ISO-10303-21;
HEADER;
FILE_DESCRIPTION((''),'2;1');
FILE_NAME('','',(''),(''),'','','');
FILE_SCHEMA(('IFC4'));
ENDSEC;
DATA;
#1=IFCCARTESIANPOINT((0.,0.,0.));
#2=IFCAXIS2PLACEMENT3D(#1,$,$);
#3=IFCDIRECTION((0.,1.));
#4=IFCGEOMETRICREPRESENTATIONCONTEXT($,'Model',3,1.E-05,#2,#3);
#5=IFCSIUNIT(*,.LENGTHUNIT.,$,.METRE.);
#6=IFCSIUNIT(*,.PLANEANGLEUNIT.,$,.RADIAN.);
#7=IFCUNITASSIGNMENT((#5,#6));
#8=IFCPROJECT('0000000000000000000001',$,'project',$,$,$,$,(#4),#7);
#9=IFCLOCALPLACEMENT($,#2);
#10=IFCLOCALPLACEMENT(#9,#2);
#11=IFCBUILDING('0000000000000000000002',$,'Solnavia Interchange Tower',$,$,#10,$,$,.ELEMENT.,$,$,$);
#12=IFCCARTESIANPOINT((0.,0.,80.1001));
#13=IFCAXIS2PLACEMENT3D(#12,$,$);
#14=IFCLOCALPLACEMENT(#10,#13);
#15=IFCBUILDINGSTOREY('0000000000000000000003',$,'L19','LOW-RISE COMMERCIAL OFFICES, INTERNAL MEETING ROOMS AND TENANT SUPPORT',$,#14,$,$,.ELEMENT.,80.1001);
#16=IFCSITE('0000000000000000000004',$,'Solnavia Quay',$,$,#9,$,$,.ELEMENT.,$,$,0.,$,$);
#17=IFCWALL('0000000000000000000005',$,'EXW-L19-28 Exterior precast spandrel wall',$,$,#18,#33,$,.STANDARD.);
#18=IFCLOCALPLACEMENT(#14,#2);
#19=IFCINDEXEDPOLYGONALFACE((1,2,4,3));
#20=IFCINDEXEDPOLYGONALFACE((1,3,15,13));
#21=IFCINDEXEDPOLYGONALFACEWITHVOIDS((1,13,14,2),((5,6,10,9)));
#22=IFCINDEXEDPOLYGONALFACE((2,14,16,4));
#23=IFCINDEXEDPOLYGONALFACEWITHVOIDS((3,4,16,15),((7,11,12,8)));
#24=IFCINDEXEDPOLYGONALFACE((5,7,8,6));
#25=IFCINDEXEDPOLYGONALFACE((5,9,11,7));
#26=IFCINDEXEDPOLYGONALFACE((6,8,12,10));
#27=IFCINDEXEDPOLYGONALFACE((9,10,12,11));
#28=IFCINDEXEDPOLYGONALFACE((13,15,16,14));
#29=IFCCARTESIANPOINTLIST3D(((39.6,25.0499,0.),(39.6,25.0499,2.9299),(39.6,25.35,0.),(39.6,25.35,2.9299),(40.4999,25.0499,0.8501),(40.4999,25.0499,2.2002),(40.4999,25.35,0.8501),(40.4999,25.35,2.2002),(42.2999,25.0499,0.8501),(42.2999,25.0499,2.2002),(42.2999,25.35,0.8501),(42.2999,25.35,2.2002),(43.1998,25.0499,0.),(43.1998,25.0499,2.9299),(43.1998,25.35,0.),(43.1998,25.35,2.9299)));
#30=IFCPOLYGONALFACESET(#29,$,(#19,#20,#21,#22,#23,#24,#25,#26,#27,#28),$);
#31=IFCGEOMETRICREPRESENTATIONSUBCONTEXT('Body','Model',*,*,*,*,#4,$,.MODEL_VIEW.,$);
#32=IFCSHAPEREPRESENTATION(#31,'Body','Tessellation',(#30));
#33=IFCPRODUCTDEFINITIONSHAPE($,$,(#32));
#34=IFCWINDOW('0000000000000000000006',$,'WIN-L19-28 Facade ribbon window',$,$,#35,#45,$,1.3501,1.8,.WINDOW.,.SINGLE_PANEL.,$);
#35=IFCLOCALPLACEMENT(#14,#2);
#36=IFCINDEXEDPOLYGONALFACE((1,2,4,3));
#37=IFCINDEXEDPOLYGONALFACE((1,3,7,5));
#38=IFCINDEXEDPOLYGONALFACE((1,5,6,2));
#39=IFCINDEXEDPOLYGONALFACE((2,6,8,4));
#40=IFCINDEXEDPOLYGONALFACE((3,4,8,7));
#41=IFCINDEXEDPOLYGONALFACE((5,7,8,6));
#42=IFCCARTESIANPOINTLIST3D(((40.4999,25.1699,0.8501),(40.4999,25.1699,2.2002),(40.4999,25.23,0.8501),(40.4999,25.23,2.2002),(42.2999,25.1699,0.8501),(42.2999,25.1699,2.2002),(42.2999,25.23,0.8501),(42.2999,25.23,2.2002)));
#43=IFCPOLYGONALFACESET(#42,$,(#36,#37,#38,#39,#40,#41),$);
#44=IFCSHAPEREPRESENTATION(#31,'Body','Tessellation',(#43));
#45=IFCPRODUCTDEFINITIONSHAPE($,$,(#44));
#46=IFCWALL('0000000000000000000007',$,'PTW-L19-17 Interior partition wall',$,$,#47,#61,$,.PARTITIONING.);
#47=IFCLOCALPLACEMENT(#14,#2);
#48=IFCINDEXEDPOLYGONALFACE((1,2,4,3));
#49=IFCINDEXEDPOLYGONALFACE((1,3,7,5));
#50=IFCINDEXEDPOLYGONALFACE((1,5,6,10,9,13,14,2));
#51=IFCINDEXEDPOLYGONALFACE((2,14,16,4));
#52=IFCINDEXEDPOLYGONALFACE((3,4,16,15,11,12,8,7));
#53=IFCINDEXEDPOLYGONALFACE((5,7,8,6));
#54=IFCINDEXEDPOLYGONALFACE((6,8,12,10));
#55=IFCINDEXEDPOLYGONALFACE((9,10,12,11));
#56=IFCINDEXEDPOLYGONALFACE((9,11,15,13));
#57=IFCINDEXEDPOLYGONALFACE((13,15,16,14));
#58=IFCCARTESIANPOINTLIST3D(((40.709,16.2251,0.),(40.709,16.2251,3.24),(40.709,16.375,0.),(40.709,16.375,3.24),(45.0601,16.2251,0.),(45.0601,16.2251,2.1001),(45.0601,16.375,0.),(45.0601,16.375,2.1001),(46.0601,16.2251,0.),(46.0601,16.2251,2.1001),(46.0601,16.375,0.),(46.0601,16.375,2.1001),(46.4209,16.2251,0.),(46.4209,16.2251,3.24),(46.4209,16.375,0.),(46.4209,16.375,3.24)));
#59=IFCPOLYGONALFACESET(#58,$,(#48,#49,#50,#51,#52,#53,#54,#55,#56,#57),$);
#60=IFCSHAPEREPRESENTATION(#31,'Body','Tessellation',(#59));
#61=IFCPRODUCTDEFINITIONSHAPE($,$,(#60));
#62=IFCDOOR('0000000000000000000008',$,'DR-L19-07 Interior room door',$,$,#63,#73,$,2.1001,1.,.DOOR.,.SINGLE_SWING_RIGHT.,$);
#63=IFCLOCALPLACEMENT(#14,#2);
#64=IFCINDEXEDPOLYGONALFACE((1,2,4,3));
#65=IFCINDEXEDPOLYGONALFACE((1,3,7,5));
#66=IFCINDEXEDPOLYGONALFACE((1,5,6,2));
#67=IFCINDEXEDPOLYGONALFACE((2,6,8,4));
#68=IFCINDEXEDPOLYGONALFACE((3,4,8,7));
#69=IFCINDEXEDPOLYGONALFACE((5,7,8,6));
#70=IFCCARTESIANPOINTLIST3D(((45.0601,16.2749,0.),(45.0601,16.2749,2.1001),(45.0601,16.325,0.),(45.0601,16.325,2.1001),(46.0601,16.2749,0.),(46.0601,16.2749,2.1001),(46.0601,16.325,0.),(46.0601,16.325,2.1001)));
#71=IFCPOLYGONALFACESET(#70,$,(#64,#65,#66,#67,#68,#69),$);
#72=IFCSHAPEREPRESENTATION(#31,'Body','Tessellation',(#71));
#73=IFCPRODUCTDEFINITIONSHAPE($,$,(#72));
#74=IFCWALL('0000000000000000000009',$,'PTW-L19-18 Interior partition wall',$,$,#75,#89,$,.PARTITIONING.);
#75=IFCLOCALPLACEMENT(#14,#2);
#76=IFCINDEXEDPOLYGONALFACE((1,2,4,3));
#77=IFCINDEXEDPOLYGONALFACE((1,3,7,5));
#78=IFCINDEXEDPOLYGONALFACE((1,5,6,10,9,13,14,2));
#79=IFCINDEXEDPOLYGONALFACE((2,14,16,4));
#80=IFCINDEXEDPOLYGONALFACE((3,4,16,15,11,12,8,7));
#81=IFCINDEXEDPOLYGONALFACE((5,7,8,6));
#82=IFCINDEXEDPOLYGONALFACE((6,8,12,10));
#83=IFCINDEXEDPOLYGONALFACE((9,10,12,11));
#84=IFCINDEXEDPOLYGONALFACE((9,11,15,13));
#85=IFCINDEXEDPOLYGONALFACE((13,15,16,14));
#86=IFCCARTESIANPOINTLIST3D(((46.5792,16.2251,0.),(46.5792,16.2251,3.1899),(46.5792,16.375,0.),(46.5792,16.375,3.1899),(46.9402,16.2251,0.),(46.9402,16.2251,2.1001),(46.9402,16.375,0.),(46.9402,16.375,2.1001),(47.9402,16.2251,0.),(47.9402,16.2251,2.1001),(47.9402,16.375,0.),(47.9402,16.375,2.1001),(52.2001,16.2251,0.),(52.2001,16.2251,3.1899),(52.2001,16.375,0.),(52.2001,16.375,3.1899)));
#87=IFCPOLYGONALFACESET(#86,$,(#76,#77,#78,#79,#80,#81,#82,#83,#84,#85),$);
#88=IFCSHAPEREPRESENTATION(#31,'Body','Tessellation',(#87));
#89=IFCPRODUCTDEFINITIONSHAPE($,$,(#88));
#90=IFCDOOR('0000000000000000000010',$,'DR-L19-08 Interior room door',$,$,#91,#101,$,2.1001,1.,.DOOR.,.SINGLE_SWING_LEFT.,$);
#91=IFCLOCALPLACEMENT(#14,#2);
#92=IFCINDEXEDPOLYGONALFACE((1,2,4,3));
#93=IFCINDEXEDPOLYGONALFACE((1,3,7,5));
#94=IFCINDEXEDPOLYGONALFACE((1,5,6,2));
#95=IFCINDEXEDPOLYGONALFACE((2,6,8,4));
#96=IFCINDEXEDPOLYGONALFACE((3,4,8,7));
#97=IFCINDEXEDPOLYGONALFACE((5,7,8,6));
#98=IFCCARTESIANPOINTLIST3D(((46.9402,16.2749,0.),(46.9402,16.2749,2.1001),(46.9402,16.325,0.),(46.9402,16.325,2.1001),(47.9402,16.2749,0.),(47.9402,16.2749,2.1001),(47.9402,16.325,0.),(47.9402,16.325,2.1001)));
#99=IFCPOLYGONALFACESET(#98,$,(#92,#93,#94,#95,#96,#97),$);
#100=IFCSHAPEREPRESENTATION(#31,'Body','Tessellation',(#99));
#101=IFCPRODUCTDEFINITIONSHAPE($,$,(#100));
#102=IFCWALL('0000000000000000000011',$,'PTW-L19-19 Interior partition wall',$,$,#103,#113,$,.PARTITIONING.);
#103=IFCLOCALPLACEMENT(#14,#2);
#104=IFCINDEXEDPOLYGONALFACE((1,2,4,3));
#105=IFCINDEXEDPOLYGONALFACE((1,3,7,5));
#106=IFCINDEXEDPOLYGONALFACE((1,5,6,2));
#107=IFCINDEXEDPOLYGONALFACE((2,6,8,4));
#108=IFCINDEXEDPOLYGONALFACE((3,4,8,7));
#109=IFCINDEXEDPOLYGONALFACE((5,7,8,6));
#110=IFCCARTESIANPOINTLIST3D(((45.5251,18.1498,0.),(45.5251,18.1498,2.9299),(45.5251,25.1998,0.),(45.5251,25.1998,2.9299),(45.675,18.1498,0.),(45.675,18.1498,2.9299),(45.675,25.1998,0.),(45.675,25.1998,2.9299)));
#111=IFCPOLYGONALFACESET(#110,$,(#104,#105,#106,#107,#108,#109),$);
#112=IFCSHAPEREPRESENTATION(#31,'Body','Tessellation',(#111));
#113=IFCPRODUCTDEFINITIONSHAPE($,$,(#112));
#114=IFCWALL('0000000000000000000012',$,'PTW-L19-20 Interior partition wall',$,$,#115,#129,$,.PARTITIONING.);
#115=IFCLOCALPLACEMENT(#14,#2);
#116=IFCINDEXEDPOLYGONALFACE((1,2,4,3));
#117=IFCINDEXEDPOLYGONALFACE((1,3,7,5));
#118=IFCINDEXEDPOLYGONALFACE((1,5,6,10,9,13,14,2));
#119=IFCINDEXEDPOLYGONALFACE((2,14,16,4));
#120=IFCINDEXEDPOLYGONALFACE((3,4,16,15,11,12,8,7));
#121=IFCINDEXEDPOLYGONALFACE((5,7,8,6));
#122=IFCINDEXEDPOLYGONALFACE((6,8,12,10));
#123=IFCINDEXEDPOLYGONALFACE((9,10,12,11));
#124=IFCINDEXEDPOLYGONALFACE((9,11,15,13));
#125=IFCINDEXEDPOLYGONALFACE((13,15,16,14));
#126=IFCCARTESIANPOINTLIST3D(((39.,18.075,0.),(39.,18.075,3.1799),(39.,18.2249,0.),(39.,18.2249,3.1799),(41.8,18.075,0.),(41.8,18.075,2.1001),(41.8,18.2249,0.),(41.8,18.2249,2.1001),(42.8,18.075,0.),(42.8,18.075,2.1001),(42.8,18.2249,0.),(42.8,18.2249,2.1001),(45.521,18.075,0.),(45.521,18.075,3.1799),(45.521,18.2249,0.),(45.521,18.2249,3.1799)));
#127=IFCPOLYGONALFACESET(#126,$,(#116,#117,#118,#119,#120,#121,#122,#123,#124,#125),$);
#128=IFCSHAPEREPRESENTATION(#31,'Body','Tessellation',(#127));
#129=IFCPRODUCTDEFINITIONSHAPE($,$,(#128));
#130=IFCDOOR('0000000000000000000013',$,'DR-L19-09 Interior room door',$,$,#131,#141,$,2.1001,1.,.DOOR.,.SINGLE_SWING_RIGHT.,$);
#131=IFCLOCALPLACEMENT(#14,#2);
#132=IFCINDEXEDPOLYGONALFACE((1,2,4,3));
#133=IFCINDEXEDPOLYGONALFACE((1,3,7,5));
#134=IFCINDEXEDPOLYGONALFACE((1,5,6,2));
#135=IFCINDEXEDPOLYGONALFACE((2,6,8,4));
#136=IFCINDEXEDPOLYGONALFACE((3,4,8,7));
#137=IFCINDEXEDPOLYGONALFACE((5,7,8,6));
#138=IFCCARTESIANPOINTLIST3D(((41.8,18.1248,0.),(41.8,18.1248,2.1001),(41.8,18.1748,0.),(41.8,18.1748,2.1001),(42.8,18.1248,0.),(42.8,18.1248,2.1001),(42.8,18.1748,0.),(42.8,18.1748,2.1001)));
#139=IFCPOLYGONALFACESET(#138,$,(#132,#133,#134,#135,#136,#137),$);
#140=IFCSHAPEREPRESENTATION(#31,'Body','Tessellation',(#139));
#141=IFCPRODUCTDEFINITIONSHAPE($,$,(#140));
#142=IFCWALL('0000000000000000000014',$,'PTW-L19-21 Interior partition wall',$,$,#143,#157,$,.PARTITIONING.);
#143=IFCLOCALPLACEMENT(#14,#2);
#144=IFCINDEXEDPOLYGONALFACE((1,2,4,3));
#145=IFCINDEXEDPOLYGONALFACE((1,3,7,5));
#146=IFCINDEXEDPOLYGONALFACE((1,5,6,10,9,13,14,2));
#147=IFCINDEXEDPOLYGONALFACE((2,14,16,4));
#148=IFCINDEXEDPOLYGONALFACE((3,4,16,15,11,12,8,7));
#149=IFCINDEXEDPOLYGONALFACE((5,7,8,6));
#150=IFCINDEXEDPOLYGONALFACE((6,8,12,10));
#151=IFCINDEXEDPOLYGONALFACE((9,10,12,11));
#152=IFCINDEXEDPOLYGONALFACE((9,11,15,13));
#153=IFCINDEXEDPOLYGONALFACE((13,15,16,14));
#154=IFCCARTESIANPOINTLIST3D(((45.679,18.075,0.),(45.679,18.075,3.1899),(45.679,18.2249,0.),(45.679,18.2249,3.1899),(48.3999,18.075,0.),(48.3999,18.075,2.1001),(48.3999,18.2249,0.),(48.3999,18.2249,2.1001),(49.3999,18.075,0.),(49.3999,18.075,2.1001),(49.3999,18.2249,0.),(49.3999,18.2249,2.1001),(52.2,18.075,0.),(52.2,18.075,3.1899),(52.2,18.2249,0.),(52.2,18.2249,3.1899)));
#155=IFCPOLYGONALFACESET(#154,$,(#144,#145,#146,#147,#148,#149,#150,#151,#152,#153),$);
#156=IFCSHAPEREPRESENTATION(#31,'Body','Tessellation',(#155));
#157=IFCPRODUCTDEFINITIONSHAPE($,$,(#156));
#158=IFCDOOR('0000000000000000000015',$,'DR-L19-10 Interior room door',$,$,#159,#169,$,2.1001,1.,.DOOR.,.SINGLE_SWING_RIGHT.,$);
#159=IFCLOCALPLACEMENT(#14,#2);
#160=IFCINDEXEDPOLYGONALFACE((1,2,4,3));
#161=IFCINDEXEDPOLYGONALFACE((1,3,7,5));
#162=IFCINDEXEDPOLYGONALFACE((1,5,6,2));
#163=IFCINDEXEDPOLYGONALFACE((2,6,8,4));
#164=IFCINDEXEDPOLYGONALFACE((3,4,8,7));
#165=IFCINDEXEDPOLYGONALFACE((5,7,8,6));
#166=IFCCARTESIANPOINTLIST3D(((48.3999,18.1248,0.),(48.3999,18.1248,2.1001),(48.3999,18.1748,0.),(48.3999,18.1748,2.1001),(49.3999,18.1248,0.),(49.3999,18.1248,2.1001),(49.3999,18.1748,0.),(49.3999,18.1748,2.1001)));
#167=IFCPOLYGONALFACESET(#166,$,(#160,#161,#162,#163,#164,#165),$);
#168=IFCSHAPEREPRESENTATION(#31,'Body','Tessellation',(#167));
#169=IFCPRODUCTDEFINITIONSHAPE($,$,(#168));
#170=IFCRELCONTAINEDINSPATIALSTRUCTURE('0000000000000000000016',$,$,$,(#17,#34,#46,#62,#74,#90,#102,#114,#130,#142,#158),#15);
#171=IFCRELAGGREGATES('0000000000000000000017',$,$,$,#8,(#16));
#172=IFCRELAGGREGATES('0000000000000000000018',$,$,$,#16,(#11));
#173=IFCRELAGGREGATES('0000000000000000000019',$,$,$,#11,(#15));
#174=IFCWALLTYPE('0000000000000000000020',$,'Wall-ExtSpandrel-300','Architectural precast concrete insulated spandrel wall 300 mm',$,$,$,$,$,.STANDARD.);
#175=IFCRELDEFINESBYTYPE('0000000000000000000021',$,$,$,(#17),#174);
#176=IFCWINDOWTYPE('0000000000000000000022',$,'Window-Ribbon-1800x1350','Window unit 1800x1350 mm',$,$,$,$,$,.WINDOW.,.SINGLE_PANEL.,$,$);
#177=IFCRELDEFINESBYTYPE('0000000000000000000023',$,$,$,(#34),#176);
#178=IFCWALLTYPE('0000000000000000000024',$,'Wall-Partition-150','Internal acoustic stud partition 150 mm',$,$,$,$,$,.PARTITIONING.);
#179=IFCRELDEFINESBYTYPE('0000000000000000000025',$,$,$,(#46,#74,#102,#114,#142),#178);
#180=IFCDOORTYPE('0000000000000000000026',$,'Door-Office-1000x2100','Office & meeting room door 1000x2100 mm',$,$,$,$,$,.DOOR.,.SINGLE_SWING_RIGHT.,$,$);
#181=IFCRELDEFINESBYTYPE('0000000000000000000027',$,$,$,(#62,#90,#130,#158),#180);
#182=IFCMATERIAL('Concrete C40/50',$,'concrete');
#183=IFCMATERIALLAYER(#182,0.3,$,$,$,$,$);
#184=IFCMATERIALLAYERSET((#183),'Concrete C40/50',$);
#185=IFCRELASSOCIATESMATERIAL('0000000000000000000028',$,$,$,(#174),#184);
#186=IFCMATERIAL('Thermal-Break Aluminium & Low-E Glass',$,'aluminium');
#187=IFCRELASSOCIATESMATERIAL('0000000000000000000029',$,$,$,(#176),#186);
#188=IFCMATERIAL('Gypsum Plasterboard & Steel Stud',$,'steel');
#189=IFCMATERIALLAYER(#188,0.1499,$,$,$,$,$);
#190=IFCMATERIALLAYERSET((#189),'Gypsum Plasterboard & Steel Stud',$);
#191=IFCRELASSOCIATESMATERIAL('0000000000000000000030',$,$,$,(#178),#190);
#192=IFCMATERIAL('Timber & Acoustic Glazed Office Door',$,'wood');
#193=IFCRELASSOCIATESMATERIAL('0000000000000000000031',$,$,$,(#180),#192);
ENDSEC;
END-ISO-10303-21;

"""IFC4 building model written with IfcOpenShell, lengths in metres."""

from ifc_helpers import new_model, si_unit, direction, frame, frame_2d, origin, place, context, subcontext, project, spatial, rectangle, extrude, material, layer, layer_set, type_object, element, fill, save


model = new_model("IFC4")

# Units and contexts
model_context = context("Model", 3, precision=1e-05, world=origin(), true_north=direction((0.0, 1.0)))
body_context = subcontext(model_context, "Body", "Model", "MODEL_VIEW")
ifc_project = project(units=[si_unit("LENGTHUNIT", "METRE"), si_unit("PLANEANGLEUNIT", "RADIAN")], contexts=[model_context])

# Site, building, storey
site_placement = place(None, origin())
site = spatial("IfcSite", under=ifc_project, at=site_placement, Name="Solnavia Quay", CompositionType="ELEMENT", RefElevation=0.0)
building_placement = place(site_placement, origin())
building = spatial("IfcBuilding", under=site, at=building_placement, Name="Solnavia Interchange Tower", CompositionType="ELEMENT")
storey_placement = place(building_placement, frame((0.0, 0.0, 80.1001)))
storey = spatial("IfcBuildingStorey", under=building, at=storey_placement, Name="L19", Description="LOW-RISE COMMERCIAL OFFICES, INTERNAL MEETING ROOMS AND TENANT SUPPORT", CompositionType="ELEMENT", Elevation=80.1001)

# Shared definitions
ifc_material_1 = material(Name="Concrete C40/50", Category="concrete")
ifc_layer_1 = layer(ifc_material_1, 0.3)
ifc_layer_set_1 = layer_set([ifc_layer_1], Name="Concrete C40/50")
wall_type_1 = type_object("IfcWallType", Name="Wall-ExtSpandrel-300", Description="Architectural precast concrete insulated spandrel wall 300 mm", PredefinedType="STANDARD", material=ifc_layer_set_1)
ifc_material_2 = material(Name="Thermal-Break Aluminium & Low-E Glass", Category="aluminium")
window_type = type_object("IfcWindowType", Name="Window-Ribbon-1800x1350", Description="Window unit 1800x1350 mm", PartitioningType="SINGLE_PANEL", PredefinedType="WINDOW", material=ifc_material_2)

# Wall, opening, window
wall_1_placement = place(storey_placement, frame((39.6001, 25.2, 0.0), z_axis=(0.0, 0.0, 1.0), x_axis=(1.0, 0.0, 0.0)))
wall_1 = element("IfcWall", 1, at=wall_1_placement, inside=storey, type_object=wall_type_1, Name="EXW-L19-28 Exterior precast spandrel wall", PredefinedType="STANDARD", context=body_context, shape_type="SweptSolid", body=[
    extrude(rectangle(XDim=3.5999, YDim=0.3, at=frame_2d((1.7998, 0.0))), origin(), (0.0, 0.0, 1.0), 2.9299),
])
opening_1_placement = place(wall_1_placement, frame((0.8999, 0.0, 0.8501)))
opening_1 = element("IfcOpeningElement", 2, at=opening_1_placement, cuts=wall_1, PredefinedType="OPENING", context=body_context, shape_type="SweptSolid", body=[
    extrude(rectangle(XDim=1.8, YDim=1.3501, at=frame_2d((0.8999, 0.675))), frame((0.0, 0.1602, 0.0), z_axis=(0.0, -1.0, 0.0), x_axis=(1.0, 0.0, 0.0)), (0.0, 0.0, 1.0), 0.3201),
])
window_1_placement = place(opening_1_placement, origin())
window_1 = element("IfcWindow", 3, at=window_1_placement, inside=storey, type_object=window_type, Name="WIN-L19-28 Facade ribbon window", OverallHeight=1.3501, OverallWidth=1.8, PartitioningType="SINGLE_PANEL", PredefinedType="WINDOW", context=body_context, shape_type="SweptSolid", body=[
    extrude(rectangle(XDim=1.8, YDim=1.3501, at=frame_2d((0.8999, 0.675))), frame((0.0, 0.03, 0.0), z_axis=(0.0, -1.0, 0.0), x_axis=(1.0, 0.0, 0.0)), (0.0, 0.0, 1.0), 0.0601),
])
fill(opening_1, window_1)

# Walls, openings, doors
ifc_material_3 = material(Name="Gypsum Plasterboard & Steel Stud", Category="steel")
ifc_layer_2 = layer(ifc_material_3, 0.1499)
ifc_layer_set_2 = layer_set([ifc_layer_2], Name="Gypsum Plasterboard & Steel Stud")
wall_type_2 = type_object("IfcWallType", Name="Wall-Partition-150", Description="Internal acoustic stud partition 150 mm", PredefinedType="PARTITIONING", material=ifc_layer_set_2)
wall_2_placement = place(storey_placement, frame((40.709, 16.3, 0.0), z_axis=(0.0, 0.0, 1.0), x_axis=(1.0, 0.0, 0.0)))
wall_2 = element("IfcWall", 4, at=wall_2_placement, inside=storey, type_object=wall_type_2, Name="PTW-L19-17 Interior partition wall", PredefinedType="PARTITIONING", context=body_context, shape_type="SweptSolid", body=[
    extrude(rectangle(XDim=5.7119, YDim=0.1499, at=frame_2d((2.856, 0.0))), origin(), (0.0, 0.0, 1.0), 3.24),
])
opening_2_placement = place(wall_2_placement, frame((4.3511, 0.0, 0.0)))
opening_2 = element("IfcOpeningElement", 5, at=opening_2_placement, cuts=wall_2, PredefinedType="OPENING", context=body_context, shape_type="SweptSolid", body=[
    extrude(rectangle(XDim=1.0, YDim=2.1001, at=frame_2d((0.5, 1.05))), frame((0.0, 0.085, 0.0), z_axis=(0.0, -1.0, 0.0), x_axis=(1.0, 0.0, 0.0)), (0.0, 0.0, 1.0), 0.1699),
])
ifc_material_4 = material(Name="Timber & Acoustic Glazed Office Door", Category="wood")
door_type = type_object("IfcDoorType", Name="Door-Office-1000x2100", Description="Office & meeting room door 1000x2100 mm", OperationType="SINGLE_SWING_RIGHT", PredefinedType="DOOR", material=ifc_material_4)
door_1_placement = place(opening_2_placement, origin())
door_1 = element("IfcDoor", 6, at=door_1_placement, inside=storey, type_object=door_type, Name="DR-L19-07 Interior room door", OperationType="SINGLE_SWING_RIGHT", OverallHeight=2.1001, OverallWidth=1.0, PredefinedType="DOOR", context=body_context, shape_type="SweptSolid", body=[
    extrude(rectangle(XDim=1.0, YDim=2.1001, at=frame_2d((0.5, 1.05))), frame((0.0, 0.0249, 0.0), z_axis=(0.0, -1.0, 0.0), x_axis=(1.0, 0.0, 0.0)), (0.0, 0.0, 1.0), 0.05),
])
fill(opening_2, door_1)
wall_3_placement = place(storey_placement, frame((46.5791, 16.3, 0.0), z_axis=(0.0, 0.0, 1.0), x_axis=(1.0, 0.0, 0.0)))
wall_3 = element("IfcWall", 7, at=wall_3_placement, inside=storey, type_object=wall_type_2, Name="PTW-L19-18 Interior partition wall", PredefinedType="PARTITIONING", context=body_context, shape_type="SweptSolid", body=[
    extrude(rectangle(XDim=5.6208, YDim=0.1499, at=frame_2d((2.8105, 0.0))), origin(), (0.0, 0.0, 1.0), 3.1899),
])
opening_3_placement = place(wall_3_placement, frame((0.3611, 0.0, 0.0)))
opening_3 = element("IfcOpeningElement", 8, at=opening_3_placement, cuts=wall_3, PredefinedType="OPENING", context=body_context, shape_type="SweptSolid", body=[
    extrude(rectangle(XDim=1.0, YDim=2.1001, at=frame_2d((0.5, 1.05))), frame((0.0, 0.085, 0.0), z_axis=(0.0, -1.0, 0.0), x_axis=(1.0, 0.0, 0.0)), (0.0, 0.0, 1.0), 0.1699),
])
door_2_placement = place(opening_3_placement, origin())
door_2 = element("IfcDoor", 9, at=door_2_placement, inside=storey, type_object=door_type, Name="DR-L19-08 Interior room door", OperationType="SINGLE_SWING_LEFT", OverallHeight=2.1001, OverallWidth=1.0, PredefinedType="DOOR", context=body_context, shape_type="SweptSolid", body=[
    extrude(rectangle(XDim=1.0, YDim=2.1001, at=frame_2d((0.5, 1.05))), frame((0.0, 0.0249, 0.0), z_axis=(0.0, -1.0, 0.0), x_axis=(1.0, 0.0, 0.0)), (0.0, 0.0, 1.0), 0.05),
])
fill(opening_3, door_2)

# Wall
wall_4_placement = place(storey_placement, frame((45.6001, 18.1499, 0.0), z_axis=(0.0, 0.0, 1.0), x_axis=(0.0, 1.0, 0.0)))
element("IfcWall", 10, at=wall_4_placement, inside=storey, type_object=wall_type_2, Name="PTW-L19-19 Interior partition wall", PredefinedType="PARTITIONING", context=body_context, shape_type="SweptSolid", body=[
    extrude(rectangle(XDim=7.05, YDim=0.1499, at=frame_2d((3.5249, 0.0))), origin(), (0.0, 0.0, 1.0), 2.9299),
])

# Walls, openings, doors
wall_5_placement = place(storey_placement, frame((39.0, 18.1499, 0.0), z_axis=(0.0, 0.0, 1.0), x_axis=(1.0, 0.0, 0.0)))
wall_5 = element("IfcWall", 11, at=wall_5_placement, inside=storey, type_object=wall_type_2, Name="PTW-L19-20 Interior partition wall", PredefinedType="PARTITIONING", context=body_context, shape_type="SweptSolid", body=[
    extrude(rectangle(XDim=6.521, YDim=0.1499, at=frame_2d((3.2605, 0.0))), origin(), (0.0, 0.0, 1.0), 3.1799),
])
opening_4_placement = place(wall_5_placement, frame((2.8, 0.0, 0.0)))
opening_4 = element("IfcOpeningElement", 12, at=opening_4_placement, cuts=wall_5, PredefinedType="OPENING", context=body_context, shape_type="SweptSolid", body=[
    extrude(rectangle(XDim=1.0, YDim=2.1001, at=frame_2d((0.5, 1.05))), frame((0.0, 0.085, 0.0), z_axis=(0.0, -1.0, 0.0), x_axis=(1.0, 0.0, 0.0)), (0.0, 0.0, 1.0), 0.1699),
])
door_3_placement = place(opening_4_placement, origin())
door_3 = element("IfcDoor", 13, at=door_3_placement, inside=storey, type_object=door_type, Name="DR-L19-09 Interior room door", OperationType="SINGLE_SWING_RIGHT", OverallHeight=2.1001, OverallWidth=1.0, PredefinedType="DOOR", context=body_context, shape_type="SweptSolid", body=[
    extrude(rectangle(XDim=1.0, YDim=2.1001, at=frame_2d((0.5, 1.05))), frame((0.0, 0.0249, 0.0), z_axis=(0.0, -1.0, 0.0), x_axis=(1.0, 0.0, 0.0)), (0.0, 0.0, 1.0), 0.05),
])
fill(opening_4, door_3)
wall_6_placement = place(storey_placement, frame((45.679, 18.1499, 0.0), z_axis=(0.0, 0.0, 1.0), x_axis=(1.0, 0.0, 0.0)))
wall_6 = element("IfcWall", 14, at=wall_6_placement, inside=storey, type_object=wall_type_2, Name="PTW-L19-21 Interior partition wall", PredefinedType="PARTITIONING", context=body_context, shape_type="SweptSolid", body=[
    extrude(rectangle(XDim=6.521, YDim=0.1499, at=frame_2d((3.2605, 0.0))), origin(), (0.0, 0.0, 1.0), 3.1899),
])
opening_5_placement = place(wall_6_placement, frame((2.7209, 0.0, 0.0)))
opening_5 = element("IfcOpeningElement", 15, at=opening_5_placement, cuts=wall_6, PredefinedType="OPENING", context=body_context, shape_type="SweptSolid", body=[
    extrude(rectangle(XDim=1.0, YDim=2.1001, at=frame_2d((0.5, 1.05))), frame((0.0, 0.085, 0.0), z_axis=(0.0, -1.0, 0.0), x_axis=(1.0, 0.0, 0.0)), (0.0, 0.0, 1.0), 0.1699),
])
door_4_placement = place(opening_5_placement, origin())
door_4 = element("IfcDoor", 16, at=door_4_placement, inside=storey, type_object=door_type, Name="DR-L19-10 Interior room door", OperationType="SINGLE_SWING_RIGHT", OverallHeight=2.1001, OverallWidth=1.0, PredefinedType="DOOR", context=body_context, shape_type="SweptSolid", body=[
    extrude(rectangle(XDim=1.0, YDim=2.1001, at=frame_2d((0.5, 1.05))), frame((0.0, 0.0249, 0.0), z_axis=(0.0, -1.0, 0.0), x_axis=(1.0, 0.0, 0.0)), (0.0, 0.0, 1.0), 0.05),
])
fill(opening_5, door_4)

save(model, "model.ifc")
